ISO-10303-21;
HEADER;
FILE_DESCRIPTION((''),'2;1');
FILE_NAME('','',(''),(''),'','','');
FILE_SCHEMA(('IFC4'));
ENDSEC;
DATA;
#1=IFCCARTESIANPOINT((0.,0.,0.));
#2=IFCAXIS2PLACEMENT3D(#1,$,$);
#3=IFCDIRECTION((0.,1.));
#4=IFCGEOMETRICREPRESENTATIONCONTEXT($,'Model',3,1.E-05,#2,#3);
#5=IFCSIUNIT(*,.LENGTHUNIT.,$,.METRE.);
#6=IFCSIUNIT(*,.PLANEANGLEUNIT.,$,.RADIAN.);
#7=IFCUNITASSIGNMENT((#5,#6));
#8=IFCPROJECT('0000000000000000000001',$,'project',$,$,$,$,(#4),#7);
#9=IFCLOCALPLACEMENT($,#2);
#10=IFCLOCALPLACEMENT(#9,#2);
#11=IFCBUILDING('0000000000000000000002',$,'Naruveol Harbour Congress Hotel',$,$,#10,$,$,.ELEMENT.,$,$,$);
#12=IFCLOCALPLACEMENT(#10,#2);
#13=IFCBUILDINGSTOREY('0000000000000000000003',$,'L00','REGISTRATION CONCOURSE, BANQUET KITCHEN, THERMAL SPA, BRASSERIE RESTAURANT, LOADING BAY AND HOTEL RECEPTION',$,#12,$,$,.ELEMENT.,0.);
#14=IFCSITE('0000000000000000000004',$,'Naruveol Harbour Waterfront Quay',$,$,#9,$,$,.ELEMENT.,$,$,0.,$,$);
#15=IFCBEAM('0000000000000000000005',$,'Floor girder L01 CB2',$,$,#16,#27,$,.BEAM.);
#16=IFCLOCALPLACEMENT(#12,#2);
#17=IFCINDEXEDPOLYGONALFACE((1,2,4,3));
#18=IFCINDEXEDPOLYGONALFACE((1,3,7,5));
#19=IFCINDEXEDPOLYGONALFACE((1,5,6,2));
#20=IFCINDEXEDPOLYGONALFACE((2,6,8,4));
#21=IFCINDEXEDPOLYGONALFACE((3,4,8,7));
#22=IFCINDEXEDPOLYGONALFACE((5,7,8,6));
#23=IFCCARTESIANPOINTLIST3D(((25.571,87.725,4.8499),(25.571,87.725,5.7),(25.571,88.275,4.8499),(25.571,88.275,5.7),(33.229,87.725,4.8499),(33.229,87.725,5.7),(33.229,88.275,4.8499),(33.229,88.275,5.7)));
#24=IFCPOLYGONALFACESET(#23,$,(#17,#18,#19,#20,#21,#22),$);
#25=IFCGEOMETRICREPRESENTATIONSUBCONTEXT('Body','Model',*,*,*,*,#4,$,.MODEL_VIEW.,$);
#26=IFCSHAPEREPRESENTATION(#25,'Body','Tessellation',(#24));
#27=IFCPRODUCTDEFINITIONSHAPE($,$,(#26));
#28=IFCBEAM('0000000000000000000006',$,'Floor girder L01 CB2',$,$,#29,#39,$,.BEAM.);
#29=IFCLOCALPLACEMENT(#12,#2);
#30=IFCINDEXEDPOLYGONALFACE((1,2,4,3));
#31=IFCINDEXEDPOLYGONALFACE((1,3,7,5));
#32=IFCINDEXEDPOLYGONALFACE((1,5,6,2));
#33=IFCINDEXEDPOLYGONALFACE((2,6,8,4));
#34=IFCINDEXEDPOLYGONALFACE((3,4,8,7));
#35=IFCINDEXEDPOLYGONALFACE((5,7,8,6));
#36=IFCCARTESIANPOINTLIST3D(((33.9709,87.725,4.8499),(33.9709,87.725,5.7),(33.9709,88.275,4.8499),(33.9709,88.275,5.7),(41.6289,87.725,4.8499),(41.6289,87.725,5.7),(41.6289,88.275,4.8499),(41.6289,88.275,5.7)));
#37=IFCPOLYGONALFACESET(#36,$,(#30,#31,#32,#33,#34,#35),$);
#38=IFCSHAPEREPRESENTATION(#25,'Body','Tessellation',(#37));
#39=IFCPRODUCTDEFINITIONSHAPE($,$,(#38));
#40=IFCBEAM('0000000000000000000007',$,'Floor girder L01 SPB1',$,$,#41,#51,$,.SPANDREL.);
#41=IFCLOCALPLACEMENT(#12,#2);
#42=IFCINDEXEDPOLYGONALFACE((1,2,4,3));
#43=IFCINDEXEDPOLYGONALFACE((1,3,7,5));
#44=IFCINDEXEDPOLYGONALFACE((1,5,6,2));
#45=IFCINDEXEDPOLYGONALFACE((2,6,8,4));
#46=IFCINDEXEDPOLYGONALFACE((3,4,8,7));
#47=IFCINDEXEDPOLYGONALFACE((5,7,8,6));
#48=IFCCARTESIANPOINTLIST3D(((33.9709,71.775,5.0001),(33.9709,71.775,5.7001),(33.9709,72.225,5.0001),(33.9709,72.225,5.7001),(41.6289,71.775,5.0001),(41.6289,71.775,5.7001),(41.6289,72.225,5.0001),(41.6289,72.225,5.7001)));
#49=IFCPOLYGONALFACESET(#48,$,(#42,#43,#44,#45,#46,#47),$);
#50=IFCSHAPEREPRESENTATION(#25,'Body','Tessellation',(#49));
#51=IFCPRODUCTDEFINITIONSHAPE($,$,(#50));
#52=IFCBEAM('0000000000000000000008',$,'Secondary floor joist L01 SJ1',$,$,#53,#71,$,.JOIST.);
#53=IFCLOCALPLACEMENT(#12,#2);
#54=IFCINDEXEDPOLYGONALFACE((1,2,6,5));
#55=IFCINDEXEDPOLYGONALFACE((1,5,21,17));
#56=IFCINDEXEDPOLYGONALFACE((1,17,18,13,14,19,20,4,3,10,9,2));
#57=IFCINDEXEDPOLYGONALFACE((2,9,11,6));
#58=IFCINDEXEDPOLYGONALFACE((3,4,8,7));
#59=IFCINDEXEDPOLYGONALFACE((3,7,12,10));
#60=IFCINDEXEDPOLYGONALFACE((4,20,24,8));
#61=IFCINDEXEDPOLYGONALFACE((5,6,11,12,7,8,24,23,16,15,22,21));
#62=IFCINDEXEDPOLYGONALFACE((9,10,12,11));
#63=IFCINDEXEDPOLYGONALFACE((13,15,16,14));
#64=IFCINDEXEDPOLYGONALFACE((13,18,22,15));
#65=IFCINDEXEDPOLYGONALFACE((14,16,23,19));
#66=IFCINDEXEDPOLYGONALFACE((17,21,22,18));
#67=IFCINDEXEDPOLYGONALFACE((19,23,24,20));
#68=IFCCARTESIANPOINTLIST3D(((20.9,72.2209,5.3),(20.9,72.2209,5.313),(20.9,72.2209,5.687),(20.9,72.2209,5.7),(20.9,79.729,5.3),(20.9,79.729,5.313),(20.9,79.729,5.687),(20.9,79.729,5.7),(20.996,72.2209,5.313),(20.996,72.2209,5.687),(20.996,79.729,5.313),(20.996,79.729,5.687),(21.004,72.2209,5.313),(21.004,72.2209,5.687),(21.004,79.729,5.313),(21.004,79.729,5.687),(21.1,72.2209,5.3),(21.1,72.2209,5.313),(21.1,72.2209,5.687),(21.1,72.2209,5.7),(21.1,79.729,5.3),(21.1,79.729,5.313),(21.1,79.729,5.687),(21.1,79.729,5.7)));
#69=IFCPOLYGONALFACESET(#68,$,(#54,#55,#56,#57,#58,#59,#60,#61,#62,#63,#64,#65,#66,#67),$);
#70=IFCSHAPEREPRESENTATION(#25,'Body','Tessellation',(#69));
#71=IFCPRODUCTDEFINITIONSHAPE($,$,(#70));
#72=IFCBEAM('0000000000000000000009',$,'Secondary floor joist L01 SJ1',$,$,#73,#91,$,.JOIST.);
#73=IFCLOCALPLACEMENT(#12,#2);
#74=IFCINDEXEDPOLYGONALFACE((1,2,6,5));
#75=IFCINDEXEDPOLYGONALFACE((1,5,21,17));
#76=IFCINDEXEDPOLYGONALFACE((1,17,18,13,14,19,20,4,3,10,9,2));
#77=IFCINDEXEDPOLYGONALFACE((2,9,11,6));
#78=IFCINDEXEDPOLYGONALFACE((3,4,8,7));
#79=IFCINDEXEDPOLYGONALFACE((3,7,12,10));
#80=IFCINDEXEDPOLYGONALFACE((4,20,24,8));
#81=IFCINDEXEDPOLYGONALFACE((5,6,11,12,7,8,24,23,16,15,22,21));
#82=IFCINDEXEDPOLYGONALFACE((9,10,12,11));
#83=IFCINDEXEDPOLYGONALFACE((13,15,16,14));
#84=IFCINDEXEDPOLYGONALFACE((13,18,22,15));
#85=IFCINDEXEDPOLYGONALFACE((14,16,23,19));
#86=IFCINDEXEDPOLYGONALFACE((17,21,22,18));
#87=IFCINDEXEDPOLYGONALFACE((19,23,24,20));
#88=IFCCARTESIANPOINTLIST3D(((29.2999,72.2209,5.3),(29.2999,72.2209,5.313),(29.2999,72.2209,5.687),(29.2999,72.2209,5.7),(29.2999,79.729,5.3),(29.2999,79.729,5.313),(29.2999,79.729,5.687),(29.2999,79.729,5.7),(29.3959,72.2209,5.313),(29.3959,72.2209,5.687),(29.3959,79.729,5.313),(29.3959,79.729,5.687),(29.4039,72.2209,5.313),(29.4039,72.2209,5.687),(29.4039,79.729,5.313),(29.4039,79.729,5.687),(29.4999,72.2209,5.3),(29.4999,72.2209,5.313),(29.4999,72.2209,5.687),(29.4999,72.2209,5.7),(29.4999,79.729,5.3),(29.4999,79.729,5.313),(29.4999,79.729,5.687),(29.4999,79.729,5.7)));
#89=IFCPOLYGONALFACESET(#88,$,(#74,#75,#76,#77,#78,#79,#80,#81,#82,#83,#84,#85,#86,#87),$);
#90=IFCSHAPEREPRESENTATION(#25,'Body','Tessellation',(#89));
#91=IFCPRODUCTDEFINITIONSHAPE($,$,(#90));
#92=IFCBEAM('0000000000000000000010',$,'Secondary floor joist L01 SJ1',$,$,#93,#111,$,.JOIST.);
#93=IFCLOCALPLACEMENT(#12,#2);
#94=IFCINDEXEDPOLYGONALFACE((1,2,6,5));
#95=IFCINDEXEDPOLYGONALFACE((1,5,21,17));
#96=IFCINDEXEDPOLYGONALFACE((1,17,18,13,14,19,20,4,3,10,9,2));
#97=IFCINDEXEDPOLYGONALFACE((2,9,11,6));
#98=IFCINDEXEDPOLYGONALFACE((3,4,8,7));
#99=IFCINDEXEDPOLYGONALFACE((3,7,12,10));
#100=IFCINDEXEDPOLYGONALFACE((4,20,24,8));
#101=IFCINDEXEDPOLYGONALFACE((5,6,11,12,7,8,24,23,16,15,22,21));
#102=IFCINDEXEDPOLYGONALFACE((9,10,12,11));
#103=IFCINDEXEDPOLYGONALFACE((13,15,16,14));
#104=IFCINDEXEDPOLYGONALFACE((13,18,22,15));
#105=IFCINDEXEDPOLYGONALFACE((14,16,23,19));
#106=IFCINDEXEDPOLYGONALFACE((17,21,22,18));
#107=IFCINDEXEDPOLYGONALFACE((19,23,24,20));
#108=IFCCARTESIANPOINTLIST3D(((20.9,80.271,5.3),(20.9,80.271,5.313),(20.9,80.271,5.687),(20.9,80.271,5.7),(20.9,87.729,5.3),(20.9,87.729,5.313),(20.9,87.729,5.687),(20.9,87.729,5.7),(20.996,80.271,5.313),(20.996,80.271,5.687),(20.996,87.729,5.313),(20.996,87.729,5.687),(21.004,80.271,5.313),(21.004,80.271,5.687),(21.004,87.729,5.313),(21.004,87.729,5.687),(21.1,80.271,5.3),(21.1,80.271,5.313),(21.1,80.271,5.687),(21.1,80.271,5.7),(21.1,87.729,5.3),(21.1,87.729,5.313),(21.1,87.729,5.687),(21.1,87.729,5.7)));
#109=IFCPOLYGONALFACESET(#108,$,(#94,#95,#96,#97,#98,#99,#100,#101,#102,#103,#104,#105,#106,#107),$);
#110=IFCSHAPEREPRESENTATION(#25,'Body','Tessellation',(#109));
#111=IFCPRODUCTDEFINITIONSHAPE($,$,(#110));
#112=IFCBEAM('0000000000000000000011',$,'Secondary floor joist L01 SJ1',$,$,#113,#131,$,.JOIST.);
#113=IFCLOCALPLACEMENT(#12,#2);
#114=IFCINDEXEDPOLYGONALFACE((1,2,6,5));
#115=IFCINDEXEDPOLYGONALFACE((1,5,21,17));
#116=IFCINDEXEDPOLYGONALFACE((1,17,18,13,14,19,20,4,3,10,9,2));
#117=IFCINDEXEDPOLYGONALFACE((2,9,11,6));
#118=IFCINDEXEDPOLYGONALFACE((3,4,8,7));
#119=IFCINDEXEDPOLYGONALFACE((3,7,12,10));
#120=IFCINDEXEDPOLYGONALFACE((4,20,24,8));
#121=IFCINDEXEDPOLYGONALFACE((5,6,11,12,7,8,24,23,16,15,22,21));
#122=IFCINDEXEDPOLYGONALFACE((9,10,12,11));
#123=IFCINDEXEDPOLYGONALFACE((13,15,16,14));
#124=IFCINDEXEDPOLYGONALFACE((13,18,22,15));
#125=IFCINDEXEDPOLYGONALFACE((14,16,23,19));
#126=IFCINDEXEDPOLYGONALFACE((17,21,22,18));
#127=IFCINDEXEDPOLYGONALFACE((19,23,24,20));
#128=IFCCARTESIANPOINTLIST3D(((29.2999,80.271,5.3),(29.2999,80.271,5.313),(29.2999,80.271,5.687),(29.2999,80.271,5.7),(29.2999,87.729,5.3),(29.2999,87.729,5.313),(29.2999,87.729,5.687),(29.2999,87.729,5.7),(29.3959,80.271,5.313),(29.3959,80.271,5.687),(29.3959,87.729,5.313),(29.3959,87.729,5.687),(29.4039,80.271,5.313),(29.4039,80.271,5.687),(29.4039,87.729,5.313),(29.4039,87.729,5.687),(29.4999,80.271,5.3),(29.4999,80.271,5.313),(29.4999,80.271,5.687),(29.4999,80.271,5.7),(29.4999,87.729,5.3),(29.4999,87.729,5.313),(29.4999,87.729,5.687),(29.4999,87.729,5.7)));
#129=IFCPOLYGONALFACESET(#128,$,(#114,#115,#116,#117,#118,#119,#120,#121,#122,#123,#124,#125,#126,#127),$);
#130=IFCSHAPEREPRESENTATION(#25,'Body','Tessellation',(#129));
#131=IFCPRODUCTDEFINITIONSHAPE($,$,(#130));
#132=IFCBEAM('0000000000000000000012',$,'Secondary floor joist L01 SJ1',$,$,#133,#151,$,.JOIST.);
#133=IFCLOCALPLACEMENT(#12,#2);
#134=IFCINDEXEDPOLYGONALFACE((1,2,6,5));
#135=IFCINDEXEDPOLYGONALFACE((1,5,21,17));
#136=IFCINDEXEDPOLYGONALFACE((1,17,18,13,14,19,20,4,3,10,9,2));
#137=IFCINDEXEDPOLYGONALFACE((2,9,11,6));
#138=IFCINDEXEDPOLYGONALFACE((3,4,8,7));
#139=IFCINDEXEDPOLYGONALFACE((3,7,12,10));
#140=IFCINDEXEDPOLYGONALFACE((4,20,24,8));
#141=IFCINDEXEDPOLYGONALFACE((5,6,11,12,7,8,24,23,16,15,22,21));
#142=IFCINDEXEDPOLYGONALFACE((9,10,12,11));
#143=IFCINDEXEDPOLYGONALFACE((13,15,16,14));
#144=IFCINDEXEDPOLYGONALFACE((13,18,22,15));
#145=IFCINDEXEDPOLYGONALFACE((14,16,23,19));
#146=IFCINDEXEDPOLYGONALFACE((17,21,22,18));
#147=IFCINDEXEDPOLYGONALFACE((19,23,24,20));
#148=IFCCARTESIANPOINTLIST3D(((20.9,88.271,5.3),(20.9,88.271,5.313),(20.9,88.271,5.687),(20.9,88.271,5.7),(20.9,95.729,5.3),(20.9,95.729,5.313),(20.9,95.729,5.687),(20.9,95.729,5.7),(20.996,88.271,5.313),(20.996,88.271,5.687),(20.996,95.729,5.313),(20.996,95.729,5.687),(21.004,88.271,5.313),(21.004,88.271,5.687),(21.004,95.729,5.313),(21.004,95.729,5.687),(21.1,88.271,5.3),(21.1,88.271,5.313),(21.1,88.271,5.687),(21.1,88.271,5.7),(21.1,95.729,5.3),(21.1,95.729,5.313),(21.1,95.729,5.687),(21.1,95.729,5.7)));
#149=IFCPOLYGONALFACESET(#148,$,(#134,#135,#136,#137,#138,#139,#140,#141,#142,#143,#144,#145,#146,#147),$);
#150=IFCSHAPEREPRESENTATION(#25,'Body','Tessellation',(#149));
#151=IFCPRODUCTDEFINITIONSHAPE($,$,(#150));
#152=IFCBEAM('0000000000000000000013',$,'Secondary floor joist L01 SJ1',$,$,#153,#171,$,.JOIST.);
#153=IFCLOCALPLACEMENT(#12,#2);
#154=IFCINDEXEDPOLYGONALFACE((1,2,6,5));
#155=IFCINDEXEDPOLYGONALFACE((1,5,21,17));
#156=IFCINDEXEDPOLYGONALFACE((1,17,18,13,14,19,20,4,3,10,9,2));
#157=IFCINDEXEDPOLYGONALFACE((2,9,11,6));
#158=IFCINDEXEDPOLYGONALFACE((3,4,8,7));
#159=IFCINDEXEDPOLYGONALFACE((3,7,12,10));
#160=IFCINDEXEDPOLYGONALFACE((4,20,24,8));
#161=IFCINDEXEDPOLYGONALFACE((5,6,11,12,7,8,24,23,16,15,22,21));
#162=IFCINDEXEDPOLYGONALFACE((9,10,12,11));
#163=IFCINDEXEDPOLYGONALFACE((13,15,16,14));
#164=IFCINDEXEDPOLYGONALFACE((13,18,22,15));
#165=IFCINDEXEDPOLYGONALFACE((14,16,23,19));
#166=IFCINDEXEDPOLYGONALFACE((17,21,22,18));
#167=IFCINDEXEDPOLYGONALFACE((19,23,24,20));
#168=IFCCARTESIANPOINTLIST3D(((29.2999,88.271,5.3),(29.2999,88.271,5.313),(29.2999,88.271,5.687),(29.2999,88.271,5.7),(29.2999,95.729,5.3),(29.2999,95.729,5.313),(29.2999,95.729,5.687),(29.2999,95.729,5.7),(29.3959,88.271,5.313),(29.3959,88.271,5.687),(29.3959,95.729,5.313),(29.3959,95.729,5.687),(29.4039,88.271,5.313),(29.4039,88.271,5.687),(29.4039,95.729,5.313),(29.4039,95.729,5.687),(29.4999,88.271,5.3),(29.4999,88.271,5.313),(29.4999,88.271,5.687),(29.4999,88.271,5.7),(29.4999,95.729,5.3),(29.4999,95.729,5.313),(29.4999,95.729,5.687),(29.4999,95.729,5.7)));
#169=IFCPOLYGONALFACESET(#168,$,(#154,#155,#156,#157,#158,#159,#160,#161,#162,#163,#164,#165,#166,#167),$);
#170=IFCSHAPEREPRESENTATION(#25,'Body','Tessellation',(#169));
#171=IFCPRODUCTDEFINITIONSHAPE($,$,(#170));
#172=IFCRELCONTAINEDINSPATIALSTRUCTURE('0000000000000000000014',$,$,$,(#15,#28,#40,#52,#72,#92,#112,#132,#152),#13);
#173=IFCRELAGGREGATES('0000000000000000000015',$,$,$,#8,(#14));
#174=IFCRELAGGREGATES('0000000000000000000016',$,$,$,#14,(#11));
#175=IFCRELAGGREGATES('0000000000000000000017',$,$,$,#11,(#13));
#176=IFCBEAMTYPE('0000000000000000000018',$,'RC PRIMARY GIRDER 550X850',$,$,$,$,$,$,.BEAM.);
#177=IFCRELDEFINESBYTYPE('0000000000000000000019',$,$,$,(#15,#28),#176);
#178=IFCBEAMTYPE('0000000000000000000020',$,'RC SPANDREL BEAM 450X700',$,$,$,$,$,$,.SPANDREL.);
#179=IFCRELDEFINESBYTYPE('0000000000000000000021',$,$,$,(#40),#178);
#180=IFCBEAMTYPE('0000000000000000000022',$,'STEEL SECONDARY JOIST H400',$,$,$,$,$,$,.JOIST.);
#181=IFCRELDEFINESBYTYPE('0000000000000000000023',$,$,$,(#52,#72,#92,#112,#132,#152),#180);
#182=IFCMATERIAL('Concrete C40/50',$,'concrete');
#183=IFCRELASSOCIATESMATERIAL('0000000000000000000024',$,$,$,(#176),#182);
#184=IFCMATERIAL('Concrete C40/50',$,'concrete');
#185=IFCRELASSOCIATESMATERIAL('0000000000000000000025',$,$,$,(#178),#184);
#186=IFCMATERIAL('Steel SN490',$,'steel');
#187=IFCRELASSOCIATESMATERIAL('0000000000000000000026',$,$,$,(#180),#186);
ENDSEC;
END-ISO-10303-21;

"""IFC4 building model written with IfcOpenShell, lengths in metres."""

from ifc_helpers import new_model, si_unit, direction, frame, origin, origin_2d, place, context, subcontext, project, spatial, rectangle, i_section, extrude, material, material_profile, profile_set, type_object, element, save


model = new_model("IFC4")

# Units and contexts
model_context = context("Model", 3, precision=1e-05, world=origin(), true_north=direction((0.0, 1.0)))
body_context = subcontext(model_context, "Body", "Model", "MODEL_VIEW")
ifc_project = project(units=[si_unit("LENGTHUNIT", "METRE"), si_unit("PLANEANGLEUNIT", "RADIAN")], contexts=[model_context])

# Site, building, storey
site_placement = place(None, origin())
site = spatial("IfcSite", under=ifc_project, at=site_placement, Name="Naruveol Harbour Waterfront Quay", CompositionType="ELEMENT", RefElevation=0.0)
building_placement = place(site_placement, origin())
building = spatial("IfcBuilding", under=site, at=building_placement, Name="Naruveol Harbour Congress Hotel", CompositionType="ELEMENT")
storey_placement = place(building_placement, origin())
storey = spatial("IfcBuildingStorey", under=building, at=storey_placement, Name="L00", Description="REGISTRATION CONCOURSE, BANQUET KITCHEN, THERMAL SPA, BRASSERIE RESTAURANT, LOADING BAY AND HOTEL RECEPTION", CompositionType="ELEMENT", Elevation=0.0)

# Beams
ifc_material_1 = material(Name="Concrete C40/50", Category="concrete")
ifc_material_profile_1 = material_profile(ifc_material_1, rectangle(XDim=0.55, YDim=0.8501, at=origin_2d()), Name="RCB-550x850")
ifc_profile_set_1 = profile_set([ifc_material_profile_1], Name="Concrete C40/50")
beam_type_1 = type_object("IfcBeamType", Name="RC PRIMARY GIRDER 550X850", PredefinedType="BEAM", material=ifc_profile_set_1)
for number, where, z_axis, x_axis, name in (
    (1, (25.571, 88.0, 5.2749), (1.0, 0.0, 0.0), (0.0, 1.0, 0.0), "Floor girder L01 CB2"),
    (2, (33.9709, 88.0, 5.2749), (1.0, 0.0, 0.0), (0.0, 1.0, 0.0), "Floor girder L01 CB2"),
):
    element("IfcBeam", number, at=place(storey_placement, frame(where, z_axis=z_axis, x_axis=x_axis)), inside=storey, type_object=beam_type_1, Name=name, PredefinedType="BEAM", context=body_context, shape_type="SweptSolid", body=[
        extrude(rectangle(XDim=0.55, YDim=0.8501, at=origin_2d()), origin(), (0.0, 0.0, 1.0), 7.658),
    ])
ifc_material_2 = material(Name="Concrete C40/50", Category="concrete")
ifc_material_profile_2 = material_profile(ifc_material_2, rectangle(XDim=0.45, YDim=0.7, at=origin_2d()), Name="RCB-450x700")
ifc_profile_set_2 = profile_set([ifc_material_profile_2], Name="Concrete C40/50")
beam_type_2 = type_object("IfcBeamType", Name="RC SPANDREL BEAM 450X700", PredefinedType="SPANDREL", material=ifc_profile_set_2)
beam_1_placement = place(storey_placement, frame((33.9709, 72.0, 5.3501), z_axis=(1.0, 0.0, 0.0), x_axis=(0.0, 1.0, 0.0)))
element("IfcBeam", 3, at=beam_1_placement, inside=storey, type_object=beam_type_2, Name="Floor girder L01 SPB1", PredefinedType="SPANDREL", context=body_context, shape_type="SweptSolid", body=[
    extrude(rectangle(XDim=0.45, YDim=0.7, at=origin_2d()), origin(), (0.0, 0.0, 1.0), 7.658),
])
ifc_material_3 = material(Name="Steel SN490", Category="steel")
ifc_material_profile_3 = material_profile(ifc_material_3, i_section(OverallWidth=0.2, OverallDepth=0.3999, WebThickness=0.0081, FlangeThickness=0.0129, at=origin_2d()), Name="H-400x200x8x13")
ifc_profile_set_3 = profile_set([ifc_material_profile_3], Name="Steel SN490")
beam_type_3 = type_object("IfcBeamType", Name="STEEL SECONDARY JOIST H400", PredefinedType="JOIST", material=ifc_profile_set_3)
for number, where, z_axis, x_axis, name in (
    (4, (21.0, 72.2209, 5.5), (0.0, 1.0, 0.0), (-1.0, 0.0, 0.0), "Secondary floor joist L01 SJ1"),
    (5, (29.3999, 72.2209, 5.5), (0.0, 1.0, 0.0), (-1.0, 0.0, 0.0), "Secondary floor joist L01 SJ1"),
):
    element("IfcBeam", number, at=place(storey_placement, frame(where, z_axis=z_axis, x_axis=x_axis)), inside=storey, type_object=beam_type_3, Name=name, PredefinedType="JOIST", context=body_context, shape_type="SweptSolid", body=[
        extrude(i_section(OverallWidth=0.2, OverallDepth=0.3999, WebThickness=0.0081, FlangeThickness=0.0129, at=origin_2d()), origin(), (0.0, 0.0, 1.0), 7.5081),
    ])
for number, where, z_axis, x_axis, name in (
    (6, (21.0, 80.271, 5.5), (0.0, 1.0, 0.0), (-1.0, 0.0, 0.0), "Secondary floor joist L01 SJ1"),
    (7, (29.3999, 80.271, 5.5), (0.0, 1.0, 0.0), (-1.0, 0.0, 0.0), "Secondary floor joist L01 SJ1"),
    (8, (21.0, 88.271, 5.5), (0.0, 1.0, 0.0), (-1.0, 0.0, 0.0), "Secondary floor joist L01 SJ1"),
    (9, (29.3999, 88.271, 5.5), (0.0, 1.0, 0.0), (-1.0, 0.0, 0.0), "Secondary floor joist L01 SJ1"),
):
    element("IfcBeam", number, at=place(storey_placement, frame(where, z_axis=z_axis, x_axis=x_axis)), inside=storey, type_object=beam_type_3, Name=name, PredefinedType="JOIST", context=body_context, shape_type="SweptSolid", body=[
        extrude(i_section(OverallWidth=0.2, OverallDepth=0.3999, WebThickness=0.0081, FlangeThickness=0.0129, at=origin_2d()), origin(), (0.0, 0.0, 1.0), 7.458),
    ])

save(model, "model.ifc")
